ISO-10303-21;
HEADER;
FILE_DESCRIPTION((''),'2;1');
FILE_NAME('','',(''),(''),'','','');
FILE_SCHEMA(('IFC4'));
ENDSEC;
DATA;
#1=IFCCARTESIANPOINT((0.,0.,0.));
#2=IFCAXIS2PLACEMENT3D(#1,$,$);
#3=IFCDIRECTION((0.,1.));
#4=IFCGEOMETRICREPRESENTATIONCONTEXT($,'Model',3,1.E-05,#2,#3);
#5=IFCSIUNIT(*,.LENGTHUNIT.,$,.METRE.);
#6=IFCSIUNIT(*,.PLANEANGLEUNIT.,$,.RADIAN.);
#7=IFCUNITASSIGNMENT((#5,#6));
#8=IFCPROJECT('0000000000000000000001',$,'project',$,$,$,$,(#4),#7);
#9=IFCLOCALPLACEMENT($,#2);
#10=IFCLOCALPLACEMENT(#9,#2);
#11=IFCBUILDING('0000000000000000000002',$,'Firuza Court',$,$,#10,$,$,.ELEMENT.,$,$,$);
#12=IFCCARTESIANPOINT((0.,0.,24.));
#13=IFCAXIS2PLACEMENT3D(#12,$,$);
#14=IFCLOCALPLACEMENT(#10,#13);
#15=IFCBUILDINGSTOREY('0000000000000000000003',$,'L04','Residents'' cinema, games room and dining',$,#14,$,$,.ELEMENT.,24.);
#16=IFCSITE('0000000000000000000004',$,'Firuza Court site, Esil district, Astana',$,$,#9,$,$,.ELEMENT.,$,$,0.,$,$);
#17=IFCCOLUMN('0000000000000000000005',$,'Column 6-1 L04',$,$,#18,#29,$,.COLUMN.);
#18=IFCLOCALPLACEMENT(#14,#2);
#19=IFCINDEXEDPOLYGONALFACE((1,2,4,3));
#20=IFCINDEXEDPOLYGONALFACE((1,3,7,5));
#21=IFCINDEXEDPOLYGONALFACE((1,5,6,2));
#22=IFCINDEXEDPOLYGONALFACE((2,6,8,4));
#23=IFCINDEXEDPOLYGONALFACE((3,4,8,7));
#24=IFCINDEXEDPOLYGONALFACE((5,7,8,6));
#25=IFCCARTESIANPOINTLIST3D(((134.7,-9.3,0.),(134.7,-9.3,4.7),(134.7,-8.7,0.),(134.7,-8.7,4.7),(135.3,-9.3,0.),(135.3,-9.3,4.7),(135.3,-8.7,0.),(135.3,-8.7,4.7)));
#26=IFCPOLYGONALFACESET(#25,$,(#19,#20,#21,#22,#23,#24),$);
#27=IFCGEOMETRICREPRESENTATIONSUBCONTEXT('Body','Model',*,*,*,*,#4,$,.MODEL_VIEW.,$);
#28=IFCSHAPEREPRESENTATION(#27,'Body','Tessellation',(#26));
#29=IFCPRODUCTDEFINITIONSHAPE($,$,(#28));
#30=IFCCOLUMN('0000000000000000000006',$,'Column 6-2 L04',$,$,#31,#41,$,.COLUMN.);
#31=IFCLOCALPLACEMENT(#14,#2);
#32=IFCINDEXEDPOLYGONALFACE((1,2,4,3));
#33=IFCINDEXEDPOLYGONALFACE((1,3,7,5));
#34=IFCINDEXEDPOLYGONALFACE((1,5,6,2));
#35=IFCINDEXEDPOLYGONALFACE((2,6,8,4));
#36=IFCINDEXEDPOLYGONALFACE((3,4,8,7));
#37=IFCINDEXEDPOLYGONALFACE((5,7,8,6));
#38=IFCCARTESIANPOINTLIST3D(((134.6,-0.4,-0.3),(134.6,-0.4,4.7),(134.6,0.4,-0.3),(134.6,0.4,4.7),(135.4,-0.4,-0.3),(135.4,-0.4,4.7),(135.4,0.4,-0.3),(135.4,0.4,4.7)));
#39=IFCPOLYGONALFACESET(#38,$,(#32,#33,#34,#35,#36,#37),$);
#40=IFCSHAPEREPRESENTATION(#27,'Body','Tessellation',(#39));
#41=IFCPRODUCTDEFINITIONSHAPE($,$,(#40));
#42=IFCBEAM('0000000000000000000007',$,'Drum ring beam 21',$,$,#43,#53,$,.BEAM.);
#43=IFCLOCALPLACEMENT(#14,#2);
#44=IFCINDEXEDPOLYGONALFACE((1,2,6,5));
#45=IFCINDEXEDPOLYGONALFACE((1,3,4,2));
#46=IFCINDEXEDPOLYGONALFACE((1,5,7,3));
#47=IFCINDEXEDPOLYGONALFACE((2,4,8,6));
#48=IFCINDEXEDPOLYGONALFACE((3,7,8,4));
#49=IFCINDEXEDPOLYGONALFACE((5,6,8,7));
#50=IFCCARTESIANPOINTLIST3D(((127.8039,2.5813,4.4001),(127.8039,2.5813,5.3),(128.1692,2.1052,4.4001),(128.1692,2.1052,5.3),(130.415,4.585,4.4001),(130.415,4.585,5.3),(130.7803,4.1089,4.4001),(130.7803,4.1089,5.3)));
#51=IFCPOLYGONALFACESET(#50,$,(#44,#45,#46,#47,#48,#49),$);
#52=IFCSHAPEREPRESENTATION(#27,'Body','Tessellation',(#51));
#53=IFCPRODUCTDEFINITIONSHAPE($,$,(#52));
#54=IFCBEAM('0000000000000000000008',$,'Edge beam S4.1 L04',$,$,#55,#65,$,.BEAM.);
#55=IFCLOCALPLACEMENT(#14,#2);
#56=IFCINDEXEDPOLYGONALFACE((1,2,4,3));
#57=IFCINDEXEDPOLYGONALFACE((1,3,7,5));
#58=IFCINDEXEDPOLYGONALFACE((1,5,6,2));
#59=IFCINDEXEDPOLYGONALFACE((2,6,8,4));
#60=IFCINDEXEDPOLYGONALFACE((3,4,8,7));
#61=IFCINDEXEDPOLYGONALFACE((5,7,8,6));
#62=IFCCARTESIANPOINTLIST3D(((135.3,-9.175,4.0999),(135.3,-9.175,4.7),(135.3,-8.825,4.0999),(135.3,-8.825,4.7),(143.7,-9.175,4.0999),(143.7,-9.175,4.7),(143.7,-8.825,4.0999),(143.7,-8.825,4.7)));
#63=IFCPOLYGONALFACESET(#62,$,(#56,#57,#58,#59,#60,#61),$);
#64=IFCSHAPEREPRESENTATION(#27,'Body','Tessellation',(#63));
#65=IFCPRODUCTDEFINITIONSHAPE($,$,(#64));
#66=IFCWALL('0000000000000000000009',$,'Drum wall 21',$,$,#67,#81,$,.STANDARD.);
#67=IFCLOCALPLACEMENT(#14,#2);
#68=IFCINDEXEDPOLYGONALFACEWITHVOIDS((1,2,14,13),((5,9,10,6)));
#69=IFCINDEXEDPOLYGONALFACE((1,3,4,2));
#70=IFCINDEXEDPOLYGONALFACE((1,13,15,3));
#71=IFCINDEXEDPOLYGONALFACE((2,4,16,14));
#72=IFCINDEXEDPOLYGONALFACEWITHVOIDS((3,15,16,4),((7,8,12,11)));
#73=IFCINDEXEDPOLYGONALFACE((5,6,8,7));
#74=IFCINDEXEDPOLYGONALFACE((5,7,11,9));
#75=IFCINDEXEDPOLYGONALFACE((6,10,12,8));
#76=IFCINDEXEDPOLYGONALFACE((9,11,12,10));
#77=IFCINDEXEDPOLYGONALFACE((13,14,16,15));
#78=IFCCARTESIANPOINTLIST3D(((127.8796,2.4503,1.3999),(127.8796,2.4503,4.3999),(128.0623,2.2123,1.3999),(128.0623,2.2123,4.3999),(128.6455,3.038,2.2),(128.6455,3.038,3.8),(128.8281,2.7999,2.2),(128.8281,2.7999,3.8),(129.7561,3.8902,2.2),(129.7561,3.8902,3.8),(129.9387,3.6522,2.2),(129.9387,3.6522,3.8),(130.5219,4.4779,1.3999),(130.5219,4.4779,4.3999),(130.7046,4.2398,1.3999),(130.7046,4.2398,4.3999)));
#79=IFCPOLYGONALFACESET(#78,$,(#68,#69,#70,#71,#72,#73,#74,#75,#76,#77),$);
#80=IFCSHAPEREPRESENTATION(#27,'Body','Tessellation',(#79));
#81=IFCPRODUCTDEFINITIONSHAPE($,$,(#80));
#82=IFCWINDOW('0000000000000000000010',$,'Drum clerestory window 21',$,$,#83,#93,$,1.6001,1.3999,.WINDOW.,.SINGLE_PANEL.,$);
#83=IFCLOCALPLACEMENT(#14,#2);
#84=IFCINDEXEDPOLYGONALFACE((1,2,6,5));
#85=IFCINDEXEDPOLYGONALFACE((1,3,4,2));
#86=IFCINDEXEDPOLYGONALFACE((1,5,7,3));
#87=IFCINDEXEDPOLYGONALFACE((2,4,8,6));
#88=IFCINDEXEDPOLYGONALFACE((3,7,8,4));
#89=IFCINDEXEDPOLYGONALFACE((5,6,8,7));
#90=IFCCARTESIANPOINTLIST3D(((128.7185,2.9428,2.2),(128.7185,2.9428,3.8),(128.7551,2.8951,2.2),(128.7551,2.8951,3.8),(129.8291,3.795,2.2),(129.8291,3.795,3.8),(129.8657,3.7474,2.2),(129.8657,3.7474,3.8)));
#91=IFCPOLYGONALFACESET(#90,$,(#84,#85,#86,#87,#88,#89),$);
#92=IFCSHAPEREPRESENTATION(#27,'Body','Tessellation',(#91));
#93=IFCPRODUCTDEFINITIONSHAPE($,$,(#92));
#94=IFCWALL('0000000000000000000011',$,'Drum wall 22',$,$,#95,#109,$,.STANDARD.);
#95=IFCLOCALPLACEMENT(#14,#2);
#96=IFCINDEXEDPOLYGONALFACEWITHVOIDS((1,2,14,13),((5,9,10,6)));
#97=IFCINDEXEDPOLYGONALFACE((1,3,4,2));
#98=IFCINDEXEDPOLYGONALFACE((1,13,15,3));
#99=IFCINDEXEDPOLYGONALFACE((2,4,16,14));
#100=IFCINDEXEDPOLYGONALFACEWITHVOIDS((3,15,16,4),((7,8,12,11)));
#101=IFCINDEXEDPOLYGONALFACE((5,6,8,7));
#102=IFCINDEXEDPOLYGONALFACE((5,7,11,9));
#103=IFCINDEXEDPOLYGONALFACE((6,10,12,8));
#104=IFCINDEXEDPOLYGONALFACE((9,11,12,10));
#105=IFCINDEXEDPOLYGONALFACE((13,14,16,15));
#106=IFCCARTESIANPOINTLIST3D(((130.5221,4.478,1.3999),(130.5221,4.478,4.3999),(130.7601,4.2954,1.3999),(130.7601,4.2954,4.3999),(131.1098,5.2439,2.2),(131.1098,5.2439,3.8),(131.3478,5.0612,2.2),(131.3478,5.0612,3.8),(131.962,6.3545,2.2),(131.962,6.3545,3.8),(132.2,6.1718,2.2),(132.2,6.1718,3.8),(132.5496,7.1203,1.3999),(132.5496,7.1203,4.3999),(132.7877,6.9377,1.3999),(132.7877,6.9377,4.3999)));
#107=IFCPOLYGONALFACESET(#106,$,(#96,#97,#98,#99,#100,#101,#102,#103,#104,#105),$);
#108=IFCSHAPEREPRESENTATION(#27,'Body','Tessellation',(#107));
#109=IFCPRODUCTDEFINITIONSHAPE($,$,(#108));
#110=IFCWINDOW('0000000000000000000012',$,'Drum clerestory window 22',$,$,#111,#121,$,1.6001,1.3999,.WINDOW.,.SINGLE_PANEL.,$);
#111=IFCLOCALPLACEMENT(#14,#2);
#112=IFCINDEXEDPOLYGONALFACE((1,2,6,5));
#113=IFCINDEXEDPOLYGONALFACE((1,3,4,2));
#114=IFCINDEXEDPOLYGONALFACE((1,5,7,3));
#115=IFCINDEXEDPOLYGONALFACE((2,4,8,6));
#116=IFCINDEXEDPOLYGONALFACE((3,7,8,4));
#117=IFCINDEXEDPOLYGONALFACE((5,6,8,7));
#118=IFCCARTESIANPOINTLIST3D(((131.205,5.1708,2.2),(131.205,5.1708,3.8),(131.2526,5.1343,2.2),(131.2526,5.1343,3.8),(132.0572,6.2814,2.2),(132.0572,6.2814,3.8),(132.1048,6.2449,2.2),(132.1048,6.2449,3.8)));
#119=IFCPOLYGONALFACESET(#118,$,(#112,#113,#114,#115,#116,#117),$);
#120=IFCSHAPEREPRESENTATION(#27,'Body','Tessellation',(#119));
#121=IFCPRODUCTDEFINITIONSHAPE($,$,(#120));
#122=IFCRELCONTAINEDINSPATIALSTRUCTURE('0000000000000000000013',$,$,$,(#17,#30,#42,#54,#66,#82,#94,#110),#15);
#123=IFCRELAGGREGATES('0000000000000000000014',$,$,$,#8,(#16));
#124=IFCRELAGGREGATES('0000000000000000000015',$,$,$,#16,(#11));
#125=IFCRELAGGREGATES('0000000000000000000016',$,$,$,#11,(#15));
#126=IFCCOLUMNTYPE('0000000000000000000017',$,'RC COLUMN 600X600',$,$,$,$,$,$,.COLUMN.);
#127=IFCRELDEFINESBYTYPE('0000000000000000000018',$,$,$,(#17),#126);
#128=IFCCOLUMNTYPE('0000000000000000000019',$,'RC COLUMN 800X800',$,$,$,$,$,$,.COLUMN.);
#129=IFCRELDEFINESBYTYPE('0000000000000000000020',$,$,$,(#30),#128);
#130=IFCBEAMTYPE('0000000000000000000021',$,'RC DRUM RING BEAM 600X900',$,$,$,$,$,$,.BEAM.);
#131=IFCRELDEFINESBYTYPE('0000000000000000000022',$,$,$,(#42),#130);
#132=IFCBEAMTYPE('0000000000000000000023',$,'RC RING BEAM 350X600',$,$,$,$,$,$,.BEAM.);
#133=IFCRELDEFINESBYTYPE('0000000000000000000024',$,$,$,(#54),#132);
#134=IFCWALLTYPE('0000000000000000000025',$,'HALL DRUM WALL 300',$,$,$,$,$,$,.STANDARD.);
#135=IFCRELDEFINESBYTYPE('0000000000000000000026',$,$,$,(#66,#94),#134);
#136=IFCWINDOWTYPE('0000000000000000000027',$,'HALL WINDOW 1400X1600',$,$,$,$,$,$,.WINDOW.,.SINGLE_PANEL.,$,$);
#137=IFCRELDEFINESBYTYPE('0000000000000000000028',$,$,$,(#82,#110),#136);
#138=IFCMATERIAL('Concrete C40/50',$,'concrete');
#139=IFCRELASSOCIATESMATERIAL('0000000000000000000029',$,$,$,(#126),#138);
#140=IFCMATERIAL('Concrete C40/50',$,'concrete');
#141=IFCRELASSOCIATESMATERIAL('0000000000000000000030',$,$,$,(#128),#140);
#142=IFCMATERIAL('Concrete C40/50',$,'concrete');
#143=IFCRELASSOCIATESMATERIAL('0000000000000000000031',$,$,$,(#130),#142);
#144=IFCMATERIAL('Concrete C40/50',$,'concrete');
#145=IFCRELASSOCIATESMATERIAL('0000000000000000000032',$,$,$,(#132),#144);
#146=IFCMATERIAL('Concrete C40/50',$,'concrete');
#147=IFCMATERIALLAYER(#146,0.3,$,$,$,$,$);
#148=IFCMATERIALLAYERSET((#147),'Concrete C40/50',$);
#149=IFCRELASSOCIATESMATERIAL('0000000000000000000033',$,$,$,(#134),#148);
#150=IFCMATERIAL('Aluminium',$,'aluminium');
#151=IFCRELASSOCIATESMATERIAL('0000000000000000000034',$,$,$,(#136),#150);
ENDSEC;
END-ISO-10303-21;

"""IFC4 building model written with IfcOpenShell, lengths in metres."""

from ifc_helpers import new_model, si_unit, direction, frame, frame_2d, origin, origin_2d, place, context, subcontext, project, spatial, rectangle, extrude, material, layer, layer_set, material_profile, profile_set, type_object, element, fill, save


model = new_model("IFC4")

# Units and contexts
model_context = context("Model", 3, precision=1e-05, world=origin(), true_north=direction((0.0, 1.0)))
body_context = subcontext(model_context, "Body", "Model", "MODEL_VIEW")
ifc_project = project(units=[si_unit("LENGTHUNIT", "METRE"), si_unit("PLANEANGLEUNIT", "RADIAN")], contexts=[model_context])

# Site, building, storey
site_placement = place(None, origin())
site = spatial("IfcSite", under=ifc_project, at=site_placement, Name="Firuza Court site, Esil district, Astana", CompositionType="ELEMENT", RefElevation=0.0)
building_placement = place(site_placement, origin())
building = spatial("IfcBuilding", under=site, at=building_placement, Name="Firuza Court", CompositionType="ELEMENT")
storey_placement = place(building_placement, frame((0.0, 0.0, 24.0)))
storey = spatial("IfcBuildingStorey", under=building, at=storey_placement, Name="L04", Description="Residents' cinema, games room and dining", CompositionType="ELEMENT", Elevation=24.0)

# Columns
ifc_material_1 = material(Name="Concrete C40/50", Category="concrete")
ifc_material_profile_1 = material_profile(ifc_material_1, rectangle(XDim=0.6001, YDim=0.6001, at=origin_2d()), Name="RC 600X600")
ifc_profile_set_1 = profile_set([ifc_material_profile_1], Name="Concrete C40/50")
column_type_1 = type_object("IfcColumnType", Name="RC COLUMN 600X600", PredefinedType="COLUMN", material=ifc_profile_set_1)
column_1_placement = place(storey_placement, frame((135.0, -9.0, 0.0), z_axis=(0.0, 0.0, 1.0), x_axis=(1.0, 0.0, 0.0)))
element("IfcColumn", 1, at=column_1_placement, inside=storey, type_object=column_type_1, Name="Column 6-1 L04", PredefinedType="COLUMN", context=body_context, shape_type="SweptSolid", body=[
    extrude(rectangle(XDim=0.6001, YDim=0.6001, at=origin_2d()), origin(), (0.0, 0.0, 1.0), 4.7),
])
ifc_material_2 = material(Name="Concrete C40/50", Category="concrete")
ifc_material_profile_2 = material_profile(ifc_material_2, rectangle(XDim=0.8, YDim=0.8, at=origin_2d()), Name="RC 800X800")
ifc_profile_set_2 = profile_set([ifc_material_profile_2], Name="Concrete C40/50")
column_type_2 = type_object("IfcColumnType", Name="RC COLUMN 800X800", PredefinedType="COLUMN", material=ifc_profile_set_2)
column_2_placement = place(storey_placement, frame((135.0, 0.0, -0.3), z_axis=(0.0, 0.0, 1.0), x_axis=(1.0, 0.0, 0.0)))
element("IfcColumn", 2, at=column_2_placement, inside=storey, type_object=column_type_2, Name="Column 6-2 L04", PredefinedType="COLUMN", context=body_context, shape_type="SweptSolid", body=[
    extrude(rectangle(XDim=0.8, YDim=0.8, at=origin_2d()), origin(), (0.0, 0.0, 1.0), 5.0),
])

# Beams
ifc_material_3 = material(Name="Concrete C40/50", Category="concrete")
ifc_material_profile_3 = material_profile(ifc_material_3, rectangle(XDim=0.6001, YDim=0.8999, at=origin_2d()), Name="RC 600X900 RING")
ifc_profile_set_3 = profile_set([ifc_material_profile_3], Name="Concrete C40/50")
beam_type_1 = type_object("IfcBeamType", Name="RC DRUM RING BEAM 600X900", PredefinedType="BEAM", material=ifc_profile_set_3)
beam_1_placement = place(storey_placement, frame((127.9866, 2.3433, 4.8501), z_axis=(0.793338, 0.608782, 0.0), x_axis=(-0.608782, 0.793338, 0.0)))
element("IfcBeam", 3, at=beam_1_placement, inside=storey, type_object=beam_type_1, Name="Drum ring beam 21", PredefinedType="BEAM", context=body_context, shape_type="SweptSolid", body=[
    extrude(rectangle(XDim=0.6001, YDim=0.8999, at=origin_2d()), origin(), (0.0, 0.0, 1.0), 3.2913),
])
ifc_material_4 = material(Name="Concrete C40/50", Category="concrete")
ifc_material_profile_4 = material_profile(ifc_material_4, rectangle(XDim=0.3501, YDim=0.6001, at=origin_2d()), Name="RC 350X600")
ifc_profile_set_4 = profile_set([ifc_material_profile_4], Name="Concrete C40/50")
beam_type_2 = type_object("IfcBeamType", Name="RC RING BEAM 350X600", PredefinedType="BEAM", material=ifc_profile_set_4)
beam_2_placement = place(storey_placement, frame((135.3, -9.0, 4.3999), z_axis=(1.0, 0.0, 0.0), x_axis=(0.0, 1.0, 0.0)))
element("IfcBeam", 4, at=beam_2_placement, inside=storey, type_object=beam_type_2, Name="Edge beam S4.1 L04", PredefinedType="BEAM", context=body_context, shape_type="SweptSolid", body=[
    extrude(rectangle(XDim=0.3501, YDim=0.6001, at=origin_2d()), origin(), (0.0, 0.0, 1.0), 8.3999),
])

# Walls, openings, windows
ifc_material_5 = material(Name="Concrete C40/50", Category="concrete")
ifc_layer_1 = layer(ifc_material_5, 0.3)
ifc_layer_set_1 = layer_set([ifc_layer_1], Name="Concrete C40/50")
wall_type_1 = type_object("IfcWallType", Name="HALL DRUM WALL 300", PredefinedType="STANDARD", material=ifc_layer_set_1)
wall_1_placement = place(storey_placement, frame((127.9709, 2.3313, 1.3999), z_axis=(0.0, 0.0, 1.0), x_axis=(0.793346, 0.608772, 0.0)))
wall_1 = element("IfcWall", 5, at=wall_1_placement, inside=storey, type_object=wall_type_1, Name="Drum wall 21", PredefinedType="STANDARD", context=body_context, shape_type="SweptSolid", body=[
    extrude(rectangle(XDim=3.3306, YDim=0.3, at=frame_2d((1.6653, 0.0))), origin(), (0.0, 0.0, 1.0), 3.0),
])
opening_1_placement = place(wall_1_placement, frame((0.9653, 0.0, 0.8)))
opening_1 = element("IfcOpeningElement", 6, at=opening_1_placement, cuts=wall_1, PredefinedType="OPENING", context=body_context, shape_type="SweptSolid", body=[
    extrude(rectangle(XDim=1.3999, YDim=1.6001, at=frame_2d((0.7, 0.8))), frame((0.0, 0.1621, 0.0), z_axis=(0.0, -1.0, 0.0), x_axis=(1.0, 0.0, 0.0)), (0.0, 0.0, 1.0), 0.324),
])
ifc_material_6 = material(Name="Aluminium", Category="aluminium")
window_type_1 = type_object("IfcWindowType", Name="HALL WINDOW 1400X1600", PartitioningType="SINGLE_PANEL", PredefinedType="WINDOW", material=ifc_material_6)
window_1_placement = place(opening_1_placement, origin())
window_1 = element("IfcWindow", 7, at=window_1_placement, inside=storey, type_object=window_type_1, Name="Drum clerestory window 21", OverallHeight=1.6001, OverallWidth=1.3999, PartitioningType="SINGLE_PANEL", PredefinedType="WINDOW", context=body_context, shape_type="SweptSolid", body=[
    extrude(rectangle(XDim=1.3999, YDim=1.6001, at=frame_2d((0.7, 0.8))), frame((0.0, 0.03, 0.0), z_axis=(0.0, -1.0, 0.0), x_axis=(1.0, 0.0, 0.0)), (0.0, 0.0, 1.0), 0.0601),
])
fill(opening_1, window_1)
wall_2_placement = place(storey_placement, frame((130.6411, 4.3867, 1.3999), z_axis=(0.0, 0.0, 1.0), x_axis=(0.608772, 0.793346, 0.0)))
wall_2 = element("IfcWall", 8, at=wall_2_placement, inside=storey, type_object=wall_type_1, Name="Drum wall 22", PredefinedType="STANDARD", context=body_context, shape_type="SweptSolid", body=[
    extrude(rectangle(XDim=3.3306, YDim=0.3, at=frame_2d((1.6653, 0.0))), origin(), (0.0, 0.0, 1.0), 3.0),
])
opening_2_placement = place(wall_2_placement, frame((0.9653, 0.0, 0.8)))
opening_2 = element("IfcOpeningElement", 9, at=opening_2_placement, cuts=wall_2, PredefinedType="OPENING", context=body_context, shape_type="SweptSolid", body=[
    extrude(rectangle(XDim=1.3999, YDim=1.6001, at=frame_2d((0.7, 0.8))), frame((0.0, 0.1621, 0.0), z_axis=(0.0, -1.0, 0.0), x_axis=(1.0, 0.0, 0.0)), (0.0, 0.0, 1.0), 0.324),
])
window_2_placement = place(opening_2_placement, origin())
window_2 = element("IfcWindow", 10, at=window_2_placement, inside=storey, type_object=window_type_1, Name="Drum clerestory window 22", OverallHeight=1.6001, OverallWidth=1.3999, PartitioningType="SINGLE_PANEL", PredefinedType="WINDOW", context=body_context, shape_type="SweptSolid", body=[
    extrude(rectangle(XDim=1.3999, YDim=1.6001, at=frame_2d((0.7, 0.8))), frame((0.0, 0.03, 0.0), z_axis=(0.0, -1.0, 0.0), x_axis=(1.0, 0.0, 0.0)), (0.0, 0.0, 1.0), 0.0601),
])
fill(opening_2, window_2)

save(model, "model.ifc")
